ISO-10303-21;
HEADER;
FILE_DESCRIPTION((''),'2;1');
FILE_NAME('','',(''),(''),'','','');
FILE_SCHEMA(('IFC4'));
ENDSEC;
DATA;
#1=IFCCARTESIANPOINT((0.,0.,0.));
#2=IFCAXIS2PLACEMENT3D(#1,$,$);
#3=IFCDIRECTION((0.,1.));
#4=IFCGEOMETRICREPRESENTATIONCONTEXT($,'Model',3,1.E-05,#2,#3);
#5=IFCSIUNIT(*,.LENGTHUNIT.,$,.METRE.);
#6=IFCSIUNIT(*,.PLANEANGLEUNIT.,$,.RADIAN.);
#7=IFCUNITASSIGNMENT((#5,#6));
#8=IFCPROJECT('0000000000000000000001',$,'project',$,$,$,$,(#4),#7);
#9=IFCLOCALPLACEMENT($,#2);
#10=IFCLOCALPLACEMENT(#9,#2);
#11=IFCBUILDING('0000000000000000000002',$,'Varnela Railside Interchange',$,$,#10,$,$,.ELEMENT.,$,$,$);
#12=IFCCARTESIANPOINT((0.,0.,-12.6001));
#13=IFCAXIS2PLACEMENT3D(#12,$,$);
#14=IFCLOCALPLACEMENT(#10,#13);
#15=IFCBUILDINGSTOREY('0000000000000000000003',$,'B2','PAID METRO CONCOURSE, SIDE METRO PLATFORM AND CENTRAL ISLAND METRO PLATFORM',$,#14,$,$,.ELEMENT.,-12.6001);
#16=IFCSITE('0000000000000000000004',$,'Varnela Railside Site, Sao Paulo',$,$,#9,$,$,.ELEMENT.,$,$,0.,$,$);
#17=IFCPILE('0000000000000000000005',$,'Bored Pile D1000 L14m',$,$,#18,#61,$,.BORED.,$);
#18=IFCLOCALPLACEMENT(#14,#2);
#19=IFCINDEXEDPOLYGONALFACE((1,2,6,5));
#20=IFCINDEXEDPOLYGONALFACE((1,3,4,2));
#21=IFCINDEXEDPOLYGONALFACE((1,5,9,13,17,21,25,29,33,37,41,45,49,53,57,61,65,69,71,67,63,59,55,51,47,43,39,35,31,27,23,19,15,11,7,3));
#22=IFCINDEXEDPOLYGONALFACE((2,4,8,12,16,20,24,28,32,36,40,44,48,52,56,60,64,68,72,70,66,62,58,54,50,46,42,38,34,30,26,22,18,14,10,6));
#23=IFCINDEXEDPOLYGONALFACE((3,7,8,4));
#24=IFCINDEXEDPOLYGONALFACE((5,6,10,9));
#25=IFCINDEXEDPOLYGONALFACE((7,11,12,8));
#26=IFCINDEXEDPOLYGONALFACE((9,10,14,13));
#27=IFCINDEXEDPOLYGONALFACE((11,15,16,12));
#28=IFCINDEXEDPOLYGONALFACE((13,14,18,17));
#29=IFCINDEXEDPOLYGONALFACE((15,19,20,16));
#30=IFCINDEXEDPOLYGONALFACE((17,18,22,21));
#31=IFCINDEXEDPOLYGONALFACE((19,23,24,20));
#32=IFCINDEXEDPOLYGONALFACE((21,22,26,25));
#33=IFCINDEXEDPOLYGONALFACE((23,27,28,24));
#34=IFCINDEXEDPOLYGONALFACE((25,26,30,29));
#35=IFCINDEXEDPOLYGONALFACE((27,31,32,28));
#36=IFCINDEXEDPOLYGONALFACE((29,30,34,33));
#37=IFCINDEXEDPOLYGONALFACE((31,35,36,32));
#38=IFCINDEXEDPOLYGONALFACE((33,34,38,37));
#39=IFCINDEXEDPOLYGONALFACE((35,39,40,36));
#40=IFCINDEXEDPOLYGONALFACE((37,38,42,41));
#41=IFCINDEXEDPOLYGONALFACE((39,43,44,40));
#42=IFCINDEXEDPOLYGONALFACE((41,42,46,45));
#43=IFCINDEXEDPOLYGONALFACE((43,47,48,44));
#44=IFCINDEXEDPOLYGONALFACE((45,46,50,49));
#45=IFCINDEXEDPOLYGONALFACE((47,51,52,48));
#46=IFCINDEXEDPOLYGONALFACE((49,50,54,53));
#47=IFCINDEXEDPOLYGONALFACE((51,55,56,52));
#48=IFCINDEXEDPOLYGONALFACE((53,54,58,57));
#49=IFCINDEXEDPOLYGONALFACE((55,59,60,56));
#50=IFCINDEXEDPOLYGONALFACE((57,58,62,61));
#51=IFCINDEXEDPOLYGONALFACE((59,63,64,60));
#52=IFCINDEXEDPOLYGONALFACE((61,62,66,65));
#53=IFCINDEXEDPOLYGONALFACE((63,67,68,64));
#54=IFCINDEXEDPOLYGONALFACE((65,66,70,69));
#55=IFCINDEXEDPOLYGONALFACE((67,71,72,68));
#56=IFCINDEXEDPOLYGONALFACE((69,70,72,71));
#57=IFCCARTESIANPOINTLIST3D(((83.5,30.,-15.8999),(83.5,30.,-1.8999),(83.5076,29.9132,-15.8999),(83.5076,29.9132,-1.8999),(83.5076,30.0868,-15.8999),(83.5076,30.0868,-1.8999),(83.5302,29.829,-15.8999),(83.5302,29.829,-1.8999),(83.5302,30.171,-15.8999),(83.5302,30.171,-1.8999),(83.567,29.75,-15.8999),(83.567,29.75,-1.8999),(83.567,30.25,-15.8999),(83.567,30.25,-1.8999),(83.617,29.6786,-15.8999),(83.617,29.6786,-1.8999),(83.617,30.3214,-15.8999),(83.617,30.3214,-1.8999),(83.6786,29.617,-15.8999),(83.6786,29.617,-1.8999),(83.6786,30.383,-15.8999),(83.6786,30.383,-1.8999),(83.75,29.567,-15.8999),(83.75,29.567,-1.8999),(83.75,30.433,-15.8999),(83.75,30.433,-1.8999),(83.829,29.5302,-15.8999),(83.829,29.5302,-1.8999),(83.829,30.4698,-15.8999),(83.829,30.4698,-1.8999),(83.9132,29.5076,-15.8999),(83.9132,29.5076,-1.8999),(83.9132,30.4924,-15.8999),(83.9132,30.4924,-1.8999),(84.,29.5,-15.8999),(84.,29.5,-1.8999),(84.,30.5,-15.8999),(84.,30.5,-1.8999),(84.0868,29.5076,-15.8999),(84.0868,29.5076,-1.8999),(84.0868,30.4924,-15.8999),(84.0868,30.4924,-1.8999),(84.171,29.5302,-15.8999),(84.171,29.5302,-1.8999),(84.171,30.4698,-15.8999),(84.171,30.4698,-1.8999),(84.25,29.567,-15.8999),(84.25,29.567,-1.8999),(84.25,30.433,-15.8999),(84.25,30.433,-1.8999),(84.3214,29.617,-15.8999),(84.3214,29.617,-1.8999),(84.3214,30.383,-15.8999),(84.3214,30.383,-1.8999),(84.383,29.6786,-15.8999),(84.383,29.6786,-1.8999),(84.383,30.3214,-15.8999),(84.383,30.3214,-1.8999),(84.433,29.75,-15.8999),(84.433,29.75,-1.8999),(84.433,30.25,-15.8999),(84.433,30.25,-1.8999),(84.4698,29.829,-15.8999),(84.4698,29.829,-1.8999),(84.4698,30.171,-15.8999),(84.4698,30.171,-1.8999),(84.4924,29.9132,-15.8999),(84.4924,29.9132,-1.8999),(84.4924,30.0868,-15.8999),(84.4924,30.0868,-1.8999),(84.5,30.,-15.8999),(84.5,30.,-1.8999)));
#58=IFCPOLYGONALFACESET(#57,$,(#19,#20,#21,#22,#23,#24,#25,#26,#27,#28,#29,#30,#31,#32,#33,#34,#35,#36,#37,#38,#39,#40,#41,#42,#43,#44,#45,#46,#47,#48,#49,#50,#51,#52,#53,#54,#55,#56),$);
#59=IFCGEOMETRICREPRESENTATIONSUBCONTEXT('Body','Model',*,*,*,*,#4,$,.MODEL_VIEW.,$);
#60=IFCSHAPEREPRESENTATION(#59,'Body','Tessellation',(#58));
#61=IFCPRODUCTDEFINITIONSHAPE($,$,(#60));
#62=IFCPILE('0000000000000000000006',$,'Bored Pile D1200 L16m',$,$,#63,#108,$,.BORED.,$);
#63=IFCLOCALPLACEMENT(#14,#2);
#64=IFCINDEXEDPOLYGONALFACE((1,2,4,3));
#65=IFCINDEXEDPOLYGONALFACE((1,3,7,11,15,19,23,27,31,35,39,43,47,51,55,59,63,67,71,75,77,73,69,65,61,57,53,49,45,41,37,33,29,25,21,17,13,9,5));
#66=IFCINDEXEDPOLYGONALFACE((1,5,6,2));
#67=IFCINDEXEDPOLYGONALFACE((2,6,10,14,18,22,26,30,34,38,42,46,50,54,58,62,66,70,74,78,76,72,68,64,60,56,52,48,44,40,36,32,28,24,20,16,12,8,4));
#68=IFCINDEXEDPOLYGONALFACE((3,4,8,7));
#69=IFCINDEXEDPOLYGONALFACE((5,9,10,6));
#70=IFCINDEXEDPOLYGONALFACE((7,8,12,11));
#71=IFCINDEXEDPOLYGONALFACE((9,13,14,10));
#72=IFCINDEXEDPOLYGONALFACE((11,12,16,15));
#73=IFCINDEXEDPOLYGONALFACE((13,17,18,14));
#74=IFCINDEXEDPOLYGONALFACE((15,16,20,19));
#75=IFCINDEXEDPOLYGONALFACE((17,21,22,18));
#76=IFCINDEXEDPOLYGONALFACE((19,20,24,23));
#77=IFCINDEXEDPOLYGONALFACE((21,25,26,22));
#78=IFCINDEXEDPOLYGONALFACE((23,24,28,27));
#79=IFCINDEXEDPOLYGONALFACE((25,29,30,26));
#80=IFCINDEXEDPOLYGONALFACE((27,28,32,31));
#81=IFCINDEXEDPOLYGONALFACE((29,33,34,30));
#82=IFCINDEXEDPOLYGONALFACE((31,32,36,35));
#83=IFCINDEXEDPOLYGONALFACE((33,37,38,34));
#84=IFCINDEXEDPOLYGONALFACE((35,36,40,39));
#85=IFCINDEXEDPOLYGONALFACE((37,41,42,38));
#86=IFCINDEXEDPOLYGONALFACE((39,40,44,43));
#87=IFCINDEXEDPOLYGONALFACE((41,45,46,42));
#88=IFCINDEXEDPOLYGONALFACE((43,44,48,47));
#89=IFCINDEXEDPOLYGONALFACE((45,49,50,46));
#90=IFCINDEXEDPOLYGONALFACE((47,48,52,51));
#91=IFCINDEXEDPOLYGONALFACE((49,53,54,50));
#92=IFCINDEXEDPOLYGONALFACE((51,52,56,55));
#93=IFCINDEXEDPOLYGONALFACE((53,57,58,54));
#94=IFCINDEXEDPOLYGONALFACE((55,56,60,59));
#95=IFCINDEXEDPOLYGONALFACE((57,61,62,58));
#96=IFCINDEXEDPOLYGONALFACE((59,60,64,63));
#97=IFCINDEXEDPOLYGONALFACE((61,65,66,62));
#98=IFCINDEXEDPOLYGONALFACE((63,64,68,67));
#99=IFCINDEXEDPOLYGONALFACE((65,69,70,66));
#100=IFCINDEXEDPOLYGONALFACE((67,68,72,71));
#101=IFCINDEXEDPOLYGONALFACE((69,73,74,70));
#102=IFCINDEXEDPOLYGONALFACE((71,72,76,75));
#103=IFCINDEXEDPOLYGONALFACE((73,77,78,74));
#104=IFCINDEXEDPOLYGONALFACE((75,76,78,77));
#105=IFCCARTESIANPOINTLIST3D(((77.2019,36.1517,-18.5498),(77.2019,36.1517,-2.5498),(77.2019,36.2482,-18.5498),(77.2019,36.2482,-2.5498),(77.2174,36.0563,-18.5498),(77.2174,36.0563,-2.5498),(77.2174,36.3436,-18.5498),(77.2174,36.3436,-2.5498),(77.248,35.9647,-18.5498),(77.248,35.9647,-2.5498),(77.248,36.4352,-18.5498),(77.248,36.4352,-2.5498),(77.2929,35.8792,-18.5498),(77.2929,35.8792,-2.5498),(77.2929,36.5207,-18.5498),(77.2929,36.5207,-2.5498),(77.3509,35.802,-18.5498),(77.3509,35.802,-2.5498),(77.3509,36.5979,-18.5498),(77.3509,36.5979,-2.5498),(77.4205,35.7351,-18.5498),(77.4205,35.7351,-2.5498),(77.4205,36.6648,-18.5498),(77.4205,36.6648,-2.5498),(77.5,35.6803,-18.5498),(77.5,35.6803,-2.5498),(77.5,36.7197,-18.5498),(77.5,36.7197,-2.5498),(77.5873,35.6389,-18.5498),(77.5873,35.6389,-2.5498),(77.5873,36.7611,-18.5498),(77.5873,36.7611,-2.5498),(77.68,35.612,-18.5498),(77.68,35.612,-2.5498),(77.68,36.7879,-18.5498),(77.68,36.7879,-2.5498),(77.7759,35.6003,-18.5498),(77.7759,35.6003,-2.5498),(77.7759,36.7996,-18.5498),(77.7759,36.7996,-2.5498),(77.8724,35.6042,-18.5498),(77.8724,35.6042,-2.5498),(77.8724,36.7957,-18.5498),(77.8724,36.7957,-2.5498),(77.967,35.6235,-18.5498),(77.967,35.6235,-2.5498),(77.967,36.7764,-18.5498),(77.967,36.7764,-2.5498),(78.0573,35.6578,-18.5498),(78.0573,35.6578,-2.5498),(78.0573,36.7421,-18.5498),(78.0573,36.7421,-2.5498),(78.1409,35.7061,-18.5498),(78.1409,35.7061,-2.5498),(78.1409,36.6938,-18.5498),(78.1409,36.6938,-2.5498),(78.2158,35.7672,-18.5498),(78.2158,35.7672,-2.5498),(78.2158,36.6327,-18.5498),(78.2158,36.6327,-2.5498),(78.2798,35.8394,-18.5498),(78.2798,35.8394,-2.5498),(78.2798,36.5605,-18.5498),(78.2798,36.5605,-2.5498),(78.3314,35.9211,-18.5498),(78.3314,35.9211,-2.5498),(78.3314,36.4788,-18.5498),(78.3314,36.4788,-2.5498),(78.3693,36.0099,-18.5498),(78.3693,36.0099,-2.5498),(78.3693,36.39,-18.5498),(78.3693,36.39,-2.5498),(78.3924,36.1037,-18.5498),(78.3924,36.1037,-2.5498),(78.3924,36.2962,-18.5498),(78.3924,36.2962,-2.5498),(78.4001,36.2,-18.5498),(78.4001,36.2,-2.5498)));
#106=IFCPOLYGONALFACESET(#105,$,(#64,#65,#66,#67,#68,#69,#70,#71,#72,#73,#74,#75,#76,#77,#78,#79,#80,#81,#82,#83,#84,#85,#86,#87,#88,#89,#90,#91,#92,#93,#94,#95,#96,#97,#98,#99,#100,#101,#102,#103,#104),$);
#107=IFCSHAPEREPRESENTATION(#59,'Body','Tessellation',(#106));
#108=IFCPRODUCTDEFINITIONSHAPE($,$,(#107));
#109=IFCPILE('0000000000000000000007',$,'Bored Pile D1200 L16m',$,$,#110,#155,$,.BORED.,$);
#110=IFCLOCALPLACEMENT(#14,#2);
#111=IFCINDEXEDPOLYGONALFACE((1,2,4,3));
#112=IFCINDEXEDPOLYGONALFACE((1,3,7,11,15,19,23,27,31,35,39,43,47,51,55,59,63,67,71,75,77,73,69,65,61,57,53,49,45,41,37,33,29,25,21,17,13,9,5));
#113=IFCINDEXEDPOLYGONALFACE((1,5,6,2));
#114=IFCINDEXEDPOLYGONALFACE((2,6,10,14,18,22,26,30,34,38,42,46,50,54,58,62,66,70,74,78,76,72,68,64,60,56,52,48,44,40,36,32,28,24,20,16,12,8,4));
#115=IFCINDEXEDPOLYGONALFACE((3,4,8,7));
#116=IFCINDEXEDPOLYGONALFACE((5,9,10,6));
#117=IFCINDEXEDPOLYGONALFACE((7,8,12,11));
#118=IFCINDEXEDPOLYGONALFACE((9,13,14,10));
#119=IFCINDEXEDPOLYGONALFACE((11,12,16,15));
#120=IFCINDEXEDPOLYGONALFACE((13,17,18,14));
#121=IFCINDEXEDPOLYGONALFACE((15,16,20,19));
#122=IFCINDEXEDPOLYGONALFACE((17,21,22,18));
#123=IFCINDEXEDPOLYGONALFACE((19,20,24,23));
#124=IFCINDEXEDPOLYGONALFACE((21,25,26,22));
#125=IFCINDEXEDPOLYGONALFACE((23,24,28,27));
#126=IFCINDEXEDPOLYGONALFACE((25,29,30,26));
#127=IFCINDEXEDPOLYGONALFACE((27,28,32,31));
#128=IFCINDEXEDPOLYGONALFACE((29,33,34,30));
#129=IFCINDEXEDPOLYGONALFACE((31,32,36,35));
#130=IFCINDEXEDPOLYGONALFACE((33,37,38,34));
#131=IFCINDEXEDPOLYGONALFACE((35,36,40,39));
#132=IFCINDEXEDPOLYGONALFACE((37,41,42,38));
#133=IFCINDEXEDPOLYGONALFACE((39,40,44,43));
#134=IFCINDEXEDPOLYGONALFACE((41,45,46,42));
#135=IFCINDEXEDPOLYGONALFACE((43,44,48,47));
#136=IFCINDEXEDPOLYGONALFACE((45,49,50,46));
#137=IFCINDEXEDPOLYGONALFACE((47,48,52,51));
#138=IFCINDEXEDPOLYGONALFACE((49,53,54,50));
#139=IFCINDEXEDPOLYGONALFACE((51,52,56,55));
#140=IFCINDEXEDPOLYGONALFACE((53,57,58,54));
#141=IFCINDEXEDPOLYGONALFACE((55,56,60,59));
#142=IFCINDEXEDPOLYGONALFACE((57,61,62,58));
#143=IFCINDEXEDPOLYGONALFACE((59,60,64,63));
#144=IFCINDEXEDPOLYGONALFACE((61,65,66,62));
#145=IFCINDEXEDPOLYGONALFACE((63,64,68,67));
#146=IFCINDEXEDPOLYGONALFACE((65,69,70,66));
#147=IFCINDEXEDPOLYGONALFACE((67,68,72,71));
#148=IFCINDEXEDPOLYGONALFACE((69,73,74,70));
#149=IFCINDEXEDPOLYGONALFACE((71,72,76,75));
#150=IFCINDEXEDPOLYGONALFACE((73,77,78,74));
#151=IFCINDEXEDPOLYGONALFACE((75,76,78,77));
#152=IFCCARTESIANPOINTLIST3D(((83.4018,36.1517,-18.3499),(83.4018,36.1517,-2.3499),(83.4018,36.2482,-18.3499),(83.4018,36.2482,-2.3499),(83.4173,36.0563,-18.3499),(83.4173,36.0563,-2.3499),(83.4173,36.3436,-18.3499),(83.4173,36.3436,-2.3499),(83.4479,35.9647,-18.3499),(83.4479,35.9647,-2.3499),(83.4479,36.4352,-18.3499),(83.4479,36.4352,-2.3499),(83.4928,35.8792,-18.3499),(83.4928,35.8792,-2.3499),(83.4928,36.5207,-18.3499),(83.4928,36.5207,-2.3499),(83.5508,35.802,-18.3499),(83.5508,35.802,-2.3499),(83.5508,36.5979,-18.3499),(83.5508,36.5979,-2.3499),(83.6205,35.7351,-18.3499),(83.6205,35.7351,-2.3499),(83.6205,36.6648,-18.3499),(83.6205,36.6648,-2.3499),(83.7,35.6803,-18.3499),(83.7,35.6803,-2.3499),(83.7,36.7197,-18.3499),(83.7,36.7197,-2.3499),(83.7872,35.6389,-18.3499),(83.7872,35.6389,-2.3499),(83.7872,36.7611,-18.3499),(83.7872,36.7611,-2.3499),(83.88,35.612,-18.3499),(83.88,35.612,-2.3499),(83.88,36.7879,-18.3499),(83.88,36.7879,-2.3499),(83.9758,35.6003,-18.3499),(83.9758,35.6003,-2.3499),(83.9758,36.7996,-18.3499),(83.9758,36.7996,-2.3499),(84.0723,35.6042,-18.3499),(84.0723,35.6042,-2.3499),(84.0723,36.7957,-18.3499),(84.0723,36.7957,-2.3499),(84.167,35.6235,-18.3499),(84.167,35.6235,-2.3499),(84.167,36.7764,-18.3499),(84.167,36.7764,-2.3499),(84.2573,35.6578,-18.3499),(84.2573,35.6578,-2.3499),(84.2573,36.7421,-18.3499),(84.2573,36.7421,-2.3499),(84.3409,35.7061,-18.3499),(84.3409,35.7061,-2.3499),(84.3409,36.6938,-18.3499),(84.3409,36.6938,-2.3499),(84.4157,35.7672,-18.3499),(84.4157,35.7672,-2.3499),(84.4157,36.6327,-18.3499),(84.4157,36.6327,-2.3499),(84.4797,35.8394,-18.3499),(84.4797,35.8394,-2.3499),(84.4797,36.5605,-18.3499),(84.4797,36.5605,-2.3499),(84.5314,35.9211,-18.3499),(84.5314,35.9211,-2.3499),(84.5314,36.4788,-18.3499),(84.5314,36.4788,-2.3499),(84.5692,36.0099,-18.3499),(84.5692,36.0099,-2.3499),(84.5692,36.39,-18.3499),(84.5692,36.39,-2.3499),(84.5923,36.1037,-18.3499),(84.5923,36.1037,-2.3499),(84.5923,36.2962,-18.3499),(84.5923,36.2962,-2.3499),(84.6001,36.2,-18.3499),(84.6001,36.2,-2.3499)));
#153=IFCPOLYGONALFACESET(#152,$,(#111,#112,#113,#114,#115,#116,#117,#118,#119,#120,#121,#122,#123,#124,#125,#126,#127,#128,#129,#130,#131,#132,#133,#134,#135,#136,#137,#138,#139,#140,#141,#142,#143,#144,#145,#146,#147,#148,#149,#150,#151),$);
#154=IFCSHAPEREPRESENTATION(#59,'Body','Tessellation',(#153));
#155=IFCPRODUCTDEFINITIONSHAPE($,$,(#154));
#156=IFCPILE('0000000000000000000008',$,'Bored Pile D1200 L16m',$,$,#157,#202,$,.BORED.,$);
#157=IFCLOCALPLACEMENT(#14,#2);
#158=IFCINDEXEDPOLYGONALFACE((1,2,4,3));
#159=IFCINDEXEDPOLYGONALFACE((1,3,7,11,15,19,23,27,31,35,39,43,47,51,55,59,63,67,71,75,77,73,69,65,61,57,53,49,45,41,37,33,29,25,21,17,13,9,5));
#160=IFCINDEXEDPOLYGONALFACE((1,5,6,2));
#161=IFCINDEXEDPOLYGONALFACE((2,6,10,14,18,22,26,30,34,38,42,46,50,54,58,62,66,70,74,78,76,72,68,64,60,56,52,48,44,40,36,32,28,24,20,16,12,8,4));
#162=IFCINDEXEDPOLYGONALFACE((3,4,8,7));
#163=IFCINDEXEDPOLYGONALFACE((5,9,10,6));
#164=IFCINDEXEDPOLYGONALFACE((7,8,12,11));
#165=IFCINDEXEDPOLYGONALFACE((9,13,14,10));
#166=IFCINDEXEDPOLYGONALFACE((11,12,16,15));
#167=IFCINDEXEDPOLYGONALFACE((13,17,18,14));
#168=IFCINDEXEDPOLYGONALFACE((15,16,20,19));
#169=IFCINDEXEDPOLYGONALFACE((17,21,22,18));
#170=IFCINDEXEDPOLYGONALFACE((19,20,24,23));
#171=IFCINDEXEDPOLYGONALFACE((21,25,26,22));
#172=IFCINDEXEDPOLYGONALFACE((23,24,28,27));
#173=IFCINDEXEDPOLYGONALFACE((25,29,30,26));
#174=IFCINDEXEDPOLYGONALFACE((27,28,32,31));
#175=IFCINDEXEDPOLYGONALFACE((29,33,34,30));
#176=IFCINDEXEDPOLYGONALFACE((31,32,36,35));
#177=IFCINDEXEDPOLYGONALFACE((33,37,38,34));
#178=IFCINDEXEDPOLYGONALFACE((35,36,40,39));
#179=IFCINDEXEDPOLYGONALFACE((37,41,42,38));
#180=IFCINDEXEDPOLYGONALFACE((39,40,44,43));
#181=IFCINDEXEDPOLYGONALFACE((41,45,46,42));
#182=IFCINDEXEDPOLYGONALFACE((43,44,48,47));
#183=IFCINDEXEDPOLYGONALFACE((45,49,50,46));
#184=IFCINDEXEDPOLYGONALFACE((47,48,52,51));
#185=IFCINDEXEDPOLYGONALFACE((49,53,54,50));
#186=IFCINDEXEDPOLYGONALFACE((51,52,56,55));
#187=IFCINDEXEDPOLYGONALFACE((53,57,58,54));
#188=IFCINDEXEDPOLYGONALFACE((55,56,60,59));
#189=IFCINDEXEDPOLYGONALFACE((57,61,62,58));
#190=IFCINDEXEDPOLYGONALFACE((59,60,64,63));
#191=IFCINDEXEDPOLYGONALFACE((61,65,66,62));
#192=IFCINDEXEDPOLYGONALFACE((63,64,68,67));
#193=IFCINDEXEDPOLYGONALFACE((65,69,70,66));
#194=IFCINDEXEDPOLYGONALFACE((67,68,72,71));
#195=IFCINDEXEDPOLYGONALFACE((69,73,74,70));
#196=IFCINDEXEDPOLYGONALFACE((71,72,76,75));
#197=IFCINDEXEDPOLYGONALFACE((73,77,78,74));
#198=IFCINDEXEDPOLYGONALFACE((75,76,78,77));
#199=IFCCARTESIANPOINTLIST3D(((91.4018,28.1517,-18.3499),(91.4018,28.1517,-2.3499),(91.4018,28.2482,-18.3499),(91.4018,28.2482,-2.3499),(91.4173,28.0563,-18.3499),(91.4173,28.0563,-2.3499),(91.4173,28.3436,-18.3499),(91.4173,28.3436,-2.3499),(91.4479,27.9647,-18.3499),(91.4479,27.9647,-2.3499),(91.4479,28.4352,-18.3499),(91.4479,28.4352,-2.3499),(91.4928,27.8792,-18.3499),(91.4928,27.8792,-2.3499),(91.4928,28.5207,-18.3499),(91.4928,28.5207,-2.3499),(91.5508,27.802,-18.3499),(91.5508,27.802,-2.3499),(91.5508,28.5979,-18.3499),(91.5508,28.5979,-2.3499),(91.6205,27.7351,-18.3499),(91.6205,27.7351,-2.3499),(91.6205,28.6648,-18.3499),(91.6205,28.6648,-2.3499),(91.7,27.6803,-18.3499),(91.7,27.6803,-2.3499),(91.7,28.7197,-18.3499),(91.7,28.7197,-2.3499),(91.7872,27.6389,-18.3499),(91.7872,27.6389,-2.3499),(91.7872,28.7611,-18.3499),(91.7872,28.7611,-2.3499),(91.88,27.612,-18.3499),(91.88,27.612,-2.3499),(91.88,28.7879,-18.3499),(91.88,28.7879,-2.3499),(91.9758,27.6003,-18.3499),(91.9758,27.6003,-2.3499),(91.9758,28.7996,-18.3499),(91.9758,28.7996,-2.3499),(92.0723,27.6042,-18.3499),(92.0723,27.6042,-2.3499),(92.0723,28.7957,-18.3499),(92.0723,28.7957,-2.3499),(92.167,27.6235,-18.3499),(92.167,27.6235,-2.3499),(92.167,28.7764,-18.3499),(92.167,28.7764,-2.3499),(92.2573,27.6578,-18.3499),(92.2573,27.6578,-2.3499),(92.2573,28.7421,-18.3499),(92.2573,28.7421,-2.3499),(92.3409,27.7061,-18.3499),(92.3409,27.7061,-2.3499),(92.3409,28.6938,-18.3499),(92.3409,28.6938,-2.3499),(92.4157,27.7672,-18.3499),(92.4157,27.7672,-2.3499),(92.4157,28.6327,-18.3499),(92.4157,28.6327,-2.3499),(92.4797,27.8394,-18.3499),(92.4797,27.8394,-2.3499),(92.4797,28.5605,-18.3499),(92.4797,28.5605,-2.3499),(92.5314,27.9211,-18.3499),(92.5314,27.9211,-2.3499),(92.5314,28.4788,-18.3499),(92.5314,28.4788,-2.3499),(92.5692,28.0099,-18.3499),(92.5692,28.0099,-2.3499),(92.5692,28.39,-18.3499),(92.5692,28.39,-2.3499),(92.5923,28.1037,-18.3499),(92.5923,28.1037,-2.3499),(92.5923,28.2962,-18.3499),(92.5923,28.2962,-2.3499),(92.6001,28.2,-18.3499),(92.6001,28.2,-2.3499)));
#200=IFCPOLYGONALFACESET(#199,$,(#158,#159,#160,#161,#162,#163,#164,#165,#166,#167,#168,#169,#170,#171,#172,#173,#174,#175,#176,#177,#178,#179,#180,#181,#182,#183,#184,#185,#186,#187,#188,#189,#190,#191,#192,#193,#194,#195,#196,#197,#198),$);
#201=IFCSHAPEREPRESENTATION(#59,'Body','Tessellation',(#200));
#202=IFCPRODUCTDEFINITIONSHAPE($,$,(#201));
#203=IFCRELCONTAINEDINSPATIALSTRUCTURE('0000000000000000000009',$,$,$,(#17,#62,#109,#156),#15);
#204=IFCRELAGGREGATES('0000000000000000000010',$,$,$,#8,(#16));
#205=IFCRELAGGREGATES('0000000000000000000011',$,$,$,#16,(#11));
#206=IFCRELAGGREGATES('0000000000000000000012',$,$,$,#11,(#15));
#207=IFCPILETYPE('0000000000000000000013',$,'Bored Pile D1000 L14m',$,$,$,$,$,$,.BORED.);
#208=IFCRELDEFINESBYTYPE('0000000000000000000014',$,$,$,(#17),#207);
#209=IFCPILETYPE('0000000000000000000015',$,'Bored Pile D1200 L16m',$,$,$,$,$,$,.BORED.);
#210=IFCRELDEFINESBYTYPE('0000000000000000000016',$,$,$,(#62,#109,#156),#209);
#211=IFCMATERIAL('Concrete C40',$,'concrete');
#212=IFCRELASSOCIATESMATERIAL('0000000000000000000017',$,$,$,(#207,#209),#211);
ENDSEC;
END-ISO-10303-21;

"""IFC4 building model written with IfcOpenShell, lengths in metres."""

from ifc_helpers import new_model, si_unit, direction, frame, origin, origin_2d, place, context, subcontext, project, spatial, circle, extrude, material, material_profile, profile_set, type_object, element, save


model = new_model("IFC4")

# Units and contexts
model_context = context("Model", 3, precision=1e-05, world=origin(), true_north=direction((0.0, 1.0)))
body_context = subcontext(model_context, "Body", "Model", "MODEL_VIEW")
ifc_project = project(units=[si_unit("LENGTHUNIT", "METRE"), si_unit("PLANEANGLEUNIT", "RADIAN")], contexts=[model_context])

# Site, building, storey
site_placement = place(None, origin())
site = spatial("IfcSite", under=ifc_project, at=site_placement, Name="Varnela Railside Site, Sao Paulo", CompositionType="ELEMENT", RefElevation=0.0)
building_placement = place(site_placement, origin())
building = spatial("IfcBuilding", under=site, at=building_placement, Name="Varnela Railside Interchange", CompositionType="ELEMENT")
storey_placement = place(building_placement, frame((0.0, 0.0, -12.6001)))
storey = spatial("IfcBuildingStorey", under=building, at=storey_placement, Name="B2", Description="PAID METRO CONCOURSE, SIDE METRO PLATFORM AND CENTRAL ISLAND METRO PLATFORM", CompositionType="ELEMENT", Elevation=-12.6001)

# Piles
ifc_material_1 = material(Name="Concrete C40", Category="concrete")
ifc_material_profile_1 = material_profile(ifc_material_1, circle(Radius=0.5, at=origin_2d()), Name="BORED PILE D1000")
ifc_profile_set_1 = profile_set([ifc_material_profile_1], Name="Concrete C40")
pile_type_1 = type_object("IfcPileType", Name="Bored Pile D1000 L14m", PredefinedType="BORED", material=ifc_profile_set_1)
pile_placement = place(storey_placement, frame((84.0, 30.0, -1.8999), z_axis=(0.0, 0.0, -1.0), x_axis=(1.0, 0.0, 0.0)))
element("IfcPile", 1, at=pile_placement, inside=storey, type_object=pile_type_1, Name="Bored Pile D1000 L14m", PredefinedType="BORED", context=body_context, shape_type="SweptSolid", body=[
    extrude(circle(Radius=0.5, at=origin_2d()), origin(), (0.0, 0.0, 1.0), 14.0),
])
ifc_material_profile_2 = material_profile(ifc_material_1, circle(Radius=0.6001, at=origin_2d()), Name="BORED PILE D1200")
ifc_profile_set_2 = profile_set([ifc_material_profile_2], Name="Concrete C40")
pile_type_2 = type_object("IfcPileType", Name="Bored Pile D1200 L16m", PredefinedType="BORED", material=ifc_profile_set_2)
for number, where, z_axis, x_axis, name in (
    (2, (77.8, 36.2, -2.5498), (0.0, 0.0, -1.0), (1.0, 0.0, 0.0), "Bored Pile D1200 L16m"),
    (3, (84.0, 36.2, -2.3499), (0.0, 0.0, -1.0), (1.0, 0.0, 0.0), "Bored Pile D1200 L16m"),
    (4, (92.0, 28.2, -2.3499), (0.0, 0.0, -1.0), (1.0, 0.0, 0.0), "Bored Pile D1200 L16m"),
):
    element("IfcPile", number, at=place(storey_placement, frame(where, z_axis=z_axis, x_axis=x_axis)), inside=storey, type_object=pile_type_2, Name=name, PredefinedType="BORED", context=body_context, shape_type="SweptSolid", body=[
        extrude(circle(Radius=0.6001, at=origin_2d()), origin(), (0.0, 0.0, 1.0), 16.0),
    ])

save(model, "model.ifc")
